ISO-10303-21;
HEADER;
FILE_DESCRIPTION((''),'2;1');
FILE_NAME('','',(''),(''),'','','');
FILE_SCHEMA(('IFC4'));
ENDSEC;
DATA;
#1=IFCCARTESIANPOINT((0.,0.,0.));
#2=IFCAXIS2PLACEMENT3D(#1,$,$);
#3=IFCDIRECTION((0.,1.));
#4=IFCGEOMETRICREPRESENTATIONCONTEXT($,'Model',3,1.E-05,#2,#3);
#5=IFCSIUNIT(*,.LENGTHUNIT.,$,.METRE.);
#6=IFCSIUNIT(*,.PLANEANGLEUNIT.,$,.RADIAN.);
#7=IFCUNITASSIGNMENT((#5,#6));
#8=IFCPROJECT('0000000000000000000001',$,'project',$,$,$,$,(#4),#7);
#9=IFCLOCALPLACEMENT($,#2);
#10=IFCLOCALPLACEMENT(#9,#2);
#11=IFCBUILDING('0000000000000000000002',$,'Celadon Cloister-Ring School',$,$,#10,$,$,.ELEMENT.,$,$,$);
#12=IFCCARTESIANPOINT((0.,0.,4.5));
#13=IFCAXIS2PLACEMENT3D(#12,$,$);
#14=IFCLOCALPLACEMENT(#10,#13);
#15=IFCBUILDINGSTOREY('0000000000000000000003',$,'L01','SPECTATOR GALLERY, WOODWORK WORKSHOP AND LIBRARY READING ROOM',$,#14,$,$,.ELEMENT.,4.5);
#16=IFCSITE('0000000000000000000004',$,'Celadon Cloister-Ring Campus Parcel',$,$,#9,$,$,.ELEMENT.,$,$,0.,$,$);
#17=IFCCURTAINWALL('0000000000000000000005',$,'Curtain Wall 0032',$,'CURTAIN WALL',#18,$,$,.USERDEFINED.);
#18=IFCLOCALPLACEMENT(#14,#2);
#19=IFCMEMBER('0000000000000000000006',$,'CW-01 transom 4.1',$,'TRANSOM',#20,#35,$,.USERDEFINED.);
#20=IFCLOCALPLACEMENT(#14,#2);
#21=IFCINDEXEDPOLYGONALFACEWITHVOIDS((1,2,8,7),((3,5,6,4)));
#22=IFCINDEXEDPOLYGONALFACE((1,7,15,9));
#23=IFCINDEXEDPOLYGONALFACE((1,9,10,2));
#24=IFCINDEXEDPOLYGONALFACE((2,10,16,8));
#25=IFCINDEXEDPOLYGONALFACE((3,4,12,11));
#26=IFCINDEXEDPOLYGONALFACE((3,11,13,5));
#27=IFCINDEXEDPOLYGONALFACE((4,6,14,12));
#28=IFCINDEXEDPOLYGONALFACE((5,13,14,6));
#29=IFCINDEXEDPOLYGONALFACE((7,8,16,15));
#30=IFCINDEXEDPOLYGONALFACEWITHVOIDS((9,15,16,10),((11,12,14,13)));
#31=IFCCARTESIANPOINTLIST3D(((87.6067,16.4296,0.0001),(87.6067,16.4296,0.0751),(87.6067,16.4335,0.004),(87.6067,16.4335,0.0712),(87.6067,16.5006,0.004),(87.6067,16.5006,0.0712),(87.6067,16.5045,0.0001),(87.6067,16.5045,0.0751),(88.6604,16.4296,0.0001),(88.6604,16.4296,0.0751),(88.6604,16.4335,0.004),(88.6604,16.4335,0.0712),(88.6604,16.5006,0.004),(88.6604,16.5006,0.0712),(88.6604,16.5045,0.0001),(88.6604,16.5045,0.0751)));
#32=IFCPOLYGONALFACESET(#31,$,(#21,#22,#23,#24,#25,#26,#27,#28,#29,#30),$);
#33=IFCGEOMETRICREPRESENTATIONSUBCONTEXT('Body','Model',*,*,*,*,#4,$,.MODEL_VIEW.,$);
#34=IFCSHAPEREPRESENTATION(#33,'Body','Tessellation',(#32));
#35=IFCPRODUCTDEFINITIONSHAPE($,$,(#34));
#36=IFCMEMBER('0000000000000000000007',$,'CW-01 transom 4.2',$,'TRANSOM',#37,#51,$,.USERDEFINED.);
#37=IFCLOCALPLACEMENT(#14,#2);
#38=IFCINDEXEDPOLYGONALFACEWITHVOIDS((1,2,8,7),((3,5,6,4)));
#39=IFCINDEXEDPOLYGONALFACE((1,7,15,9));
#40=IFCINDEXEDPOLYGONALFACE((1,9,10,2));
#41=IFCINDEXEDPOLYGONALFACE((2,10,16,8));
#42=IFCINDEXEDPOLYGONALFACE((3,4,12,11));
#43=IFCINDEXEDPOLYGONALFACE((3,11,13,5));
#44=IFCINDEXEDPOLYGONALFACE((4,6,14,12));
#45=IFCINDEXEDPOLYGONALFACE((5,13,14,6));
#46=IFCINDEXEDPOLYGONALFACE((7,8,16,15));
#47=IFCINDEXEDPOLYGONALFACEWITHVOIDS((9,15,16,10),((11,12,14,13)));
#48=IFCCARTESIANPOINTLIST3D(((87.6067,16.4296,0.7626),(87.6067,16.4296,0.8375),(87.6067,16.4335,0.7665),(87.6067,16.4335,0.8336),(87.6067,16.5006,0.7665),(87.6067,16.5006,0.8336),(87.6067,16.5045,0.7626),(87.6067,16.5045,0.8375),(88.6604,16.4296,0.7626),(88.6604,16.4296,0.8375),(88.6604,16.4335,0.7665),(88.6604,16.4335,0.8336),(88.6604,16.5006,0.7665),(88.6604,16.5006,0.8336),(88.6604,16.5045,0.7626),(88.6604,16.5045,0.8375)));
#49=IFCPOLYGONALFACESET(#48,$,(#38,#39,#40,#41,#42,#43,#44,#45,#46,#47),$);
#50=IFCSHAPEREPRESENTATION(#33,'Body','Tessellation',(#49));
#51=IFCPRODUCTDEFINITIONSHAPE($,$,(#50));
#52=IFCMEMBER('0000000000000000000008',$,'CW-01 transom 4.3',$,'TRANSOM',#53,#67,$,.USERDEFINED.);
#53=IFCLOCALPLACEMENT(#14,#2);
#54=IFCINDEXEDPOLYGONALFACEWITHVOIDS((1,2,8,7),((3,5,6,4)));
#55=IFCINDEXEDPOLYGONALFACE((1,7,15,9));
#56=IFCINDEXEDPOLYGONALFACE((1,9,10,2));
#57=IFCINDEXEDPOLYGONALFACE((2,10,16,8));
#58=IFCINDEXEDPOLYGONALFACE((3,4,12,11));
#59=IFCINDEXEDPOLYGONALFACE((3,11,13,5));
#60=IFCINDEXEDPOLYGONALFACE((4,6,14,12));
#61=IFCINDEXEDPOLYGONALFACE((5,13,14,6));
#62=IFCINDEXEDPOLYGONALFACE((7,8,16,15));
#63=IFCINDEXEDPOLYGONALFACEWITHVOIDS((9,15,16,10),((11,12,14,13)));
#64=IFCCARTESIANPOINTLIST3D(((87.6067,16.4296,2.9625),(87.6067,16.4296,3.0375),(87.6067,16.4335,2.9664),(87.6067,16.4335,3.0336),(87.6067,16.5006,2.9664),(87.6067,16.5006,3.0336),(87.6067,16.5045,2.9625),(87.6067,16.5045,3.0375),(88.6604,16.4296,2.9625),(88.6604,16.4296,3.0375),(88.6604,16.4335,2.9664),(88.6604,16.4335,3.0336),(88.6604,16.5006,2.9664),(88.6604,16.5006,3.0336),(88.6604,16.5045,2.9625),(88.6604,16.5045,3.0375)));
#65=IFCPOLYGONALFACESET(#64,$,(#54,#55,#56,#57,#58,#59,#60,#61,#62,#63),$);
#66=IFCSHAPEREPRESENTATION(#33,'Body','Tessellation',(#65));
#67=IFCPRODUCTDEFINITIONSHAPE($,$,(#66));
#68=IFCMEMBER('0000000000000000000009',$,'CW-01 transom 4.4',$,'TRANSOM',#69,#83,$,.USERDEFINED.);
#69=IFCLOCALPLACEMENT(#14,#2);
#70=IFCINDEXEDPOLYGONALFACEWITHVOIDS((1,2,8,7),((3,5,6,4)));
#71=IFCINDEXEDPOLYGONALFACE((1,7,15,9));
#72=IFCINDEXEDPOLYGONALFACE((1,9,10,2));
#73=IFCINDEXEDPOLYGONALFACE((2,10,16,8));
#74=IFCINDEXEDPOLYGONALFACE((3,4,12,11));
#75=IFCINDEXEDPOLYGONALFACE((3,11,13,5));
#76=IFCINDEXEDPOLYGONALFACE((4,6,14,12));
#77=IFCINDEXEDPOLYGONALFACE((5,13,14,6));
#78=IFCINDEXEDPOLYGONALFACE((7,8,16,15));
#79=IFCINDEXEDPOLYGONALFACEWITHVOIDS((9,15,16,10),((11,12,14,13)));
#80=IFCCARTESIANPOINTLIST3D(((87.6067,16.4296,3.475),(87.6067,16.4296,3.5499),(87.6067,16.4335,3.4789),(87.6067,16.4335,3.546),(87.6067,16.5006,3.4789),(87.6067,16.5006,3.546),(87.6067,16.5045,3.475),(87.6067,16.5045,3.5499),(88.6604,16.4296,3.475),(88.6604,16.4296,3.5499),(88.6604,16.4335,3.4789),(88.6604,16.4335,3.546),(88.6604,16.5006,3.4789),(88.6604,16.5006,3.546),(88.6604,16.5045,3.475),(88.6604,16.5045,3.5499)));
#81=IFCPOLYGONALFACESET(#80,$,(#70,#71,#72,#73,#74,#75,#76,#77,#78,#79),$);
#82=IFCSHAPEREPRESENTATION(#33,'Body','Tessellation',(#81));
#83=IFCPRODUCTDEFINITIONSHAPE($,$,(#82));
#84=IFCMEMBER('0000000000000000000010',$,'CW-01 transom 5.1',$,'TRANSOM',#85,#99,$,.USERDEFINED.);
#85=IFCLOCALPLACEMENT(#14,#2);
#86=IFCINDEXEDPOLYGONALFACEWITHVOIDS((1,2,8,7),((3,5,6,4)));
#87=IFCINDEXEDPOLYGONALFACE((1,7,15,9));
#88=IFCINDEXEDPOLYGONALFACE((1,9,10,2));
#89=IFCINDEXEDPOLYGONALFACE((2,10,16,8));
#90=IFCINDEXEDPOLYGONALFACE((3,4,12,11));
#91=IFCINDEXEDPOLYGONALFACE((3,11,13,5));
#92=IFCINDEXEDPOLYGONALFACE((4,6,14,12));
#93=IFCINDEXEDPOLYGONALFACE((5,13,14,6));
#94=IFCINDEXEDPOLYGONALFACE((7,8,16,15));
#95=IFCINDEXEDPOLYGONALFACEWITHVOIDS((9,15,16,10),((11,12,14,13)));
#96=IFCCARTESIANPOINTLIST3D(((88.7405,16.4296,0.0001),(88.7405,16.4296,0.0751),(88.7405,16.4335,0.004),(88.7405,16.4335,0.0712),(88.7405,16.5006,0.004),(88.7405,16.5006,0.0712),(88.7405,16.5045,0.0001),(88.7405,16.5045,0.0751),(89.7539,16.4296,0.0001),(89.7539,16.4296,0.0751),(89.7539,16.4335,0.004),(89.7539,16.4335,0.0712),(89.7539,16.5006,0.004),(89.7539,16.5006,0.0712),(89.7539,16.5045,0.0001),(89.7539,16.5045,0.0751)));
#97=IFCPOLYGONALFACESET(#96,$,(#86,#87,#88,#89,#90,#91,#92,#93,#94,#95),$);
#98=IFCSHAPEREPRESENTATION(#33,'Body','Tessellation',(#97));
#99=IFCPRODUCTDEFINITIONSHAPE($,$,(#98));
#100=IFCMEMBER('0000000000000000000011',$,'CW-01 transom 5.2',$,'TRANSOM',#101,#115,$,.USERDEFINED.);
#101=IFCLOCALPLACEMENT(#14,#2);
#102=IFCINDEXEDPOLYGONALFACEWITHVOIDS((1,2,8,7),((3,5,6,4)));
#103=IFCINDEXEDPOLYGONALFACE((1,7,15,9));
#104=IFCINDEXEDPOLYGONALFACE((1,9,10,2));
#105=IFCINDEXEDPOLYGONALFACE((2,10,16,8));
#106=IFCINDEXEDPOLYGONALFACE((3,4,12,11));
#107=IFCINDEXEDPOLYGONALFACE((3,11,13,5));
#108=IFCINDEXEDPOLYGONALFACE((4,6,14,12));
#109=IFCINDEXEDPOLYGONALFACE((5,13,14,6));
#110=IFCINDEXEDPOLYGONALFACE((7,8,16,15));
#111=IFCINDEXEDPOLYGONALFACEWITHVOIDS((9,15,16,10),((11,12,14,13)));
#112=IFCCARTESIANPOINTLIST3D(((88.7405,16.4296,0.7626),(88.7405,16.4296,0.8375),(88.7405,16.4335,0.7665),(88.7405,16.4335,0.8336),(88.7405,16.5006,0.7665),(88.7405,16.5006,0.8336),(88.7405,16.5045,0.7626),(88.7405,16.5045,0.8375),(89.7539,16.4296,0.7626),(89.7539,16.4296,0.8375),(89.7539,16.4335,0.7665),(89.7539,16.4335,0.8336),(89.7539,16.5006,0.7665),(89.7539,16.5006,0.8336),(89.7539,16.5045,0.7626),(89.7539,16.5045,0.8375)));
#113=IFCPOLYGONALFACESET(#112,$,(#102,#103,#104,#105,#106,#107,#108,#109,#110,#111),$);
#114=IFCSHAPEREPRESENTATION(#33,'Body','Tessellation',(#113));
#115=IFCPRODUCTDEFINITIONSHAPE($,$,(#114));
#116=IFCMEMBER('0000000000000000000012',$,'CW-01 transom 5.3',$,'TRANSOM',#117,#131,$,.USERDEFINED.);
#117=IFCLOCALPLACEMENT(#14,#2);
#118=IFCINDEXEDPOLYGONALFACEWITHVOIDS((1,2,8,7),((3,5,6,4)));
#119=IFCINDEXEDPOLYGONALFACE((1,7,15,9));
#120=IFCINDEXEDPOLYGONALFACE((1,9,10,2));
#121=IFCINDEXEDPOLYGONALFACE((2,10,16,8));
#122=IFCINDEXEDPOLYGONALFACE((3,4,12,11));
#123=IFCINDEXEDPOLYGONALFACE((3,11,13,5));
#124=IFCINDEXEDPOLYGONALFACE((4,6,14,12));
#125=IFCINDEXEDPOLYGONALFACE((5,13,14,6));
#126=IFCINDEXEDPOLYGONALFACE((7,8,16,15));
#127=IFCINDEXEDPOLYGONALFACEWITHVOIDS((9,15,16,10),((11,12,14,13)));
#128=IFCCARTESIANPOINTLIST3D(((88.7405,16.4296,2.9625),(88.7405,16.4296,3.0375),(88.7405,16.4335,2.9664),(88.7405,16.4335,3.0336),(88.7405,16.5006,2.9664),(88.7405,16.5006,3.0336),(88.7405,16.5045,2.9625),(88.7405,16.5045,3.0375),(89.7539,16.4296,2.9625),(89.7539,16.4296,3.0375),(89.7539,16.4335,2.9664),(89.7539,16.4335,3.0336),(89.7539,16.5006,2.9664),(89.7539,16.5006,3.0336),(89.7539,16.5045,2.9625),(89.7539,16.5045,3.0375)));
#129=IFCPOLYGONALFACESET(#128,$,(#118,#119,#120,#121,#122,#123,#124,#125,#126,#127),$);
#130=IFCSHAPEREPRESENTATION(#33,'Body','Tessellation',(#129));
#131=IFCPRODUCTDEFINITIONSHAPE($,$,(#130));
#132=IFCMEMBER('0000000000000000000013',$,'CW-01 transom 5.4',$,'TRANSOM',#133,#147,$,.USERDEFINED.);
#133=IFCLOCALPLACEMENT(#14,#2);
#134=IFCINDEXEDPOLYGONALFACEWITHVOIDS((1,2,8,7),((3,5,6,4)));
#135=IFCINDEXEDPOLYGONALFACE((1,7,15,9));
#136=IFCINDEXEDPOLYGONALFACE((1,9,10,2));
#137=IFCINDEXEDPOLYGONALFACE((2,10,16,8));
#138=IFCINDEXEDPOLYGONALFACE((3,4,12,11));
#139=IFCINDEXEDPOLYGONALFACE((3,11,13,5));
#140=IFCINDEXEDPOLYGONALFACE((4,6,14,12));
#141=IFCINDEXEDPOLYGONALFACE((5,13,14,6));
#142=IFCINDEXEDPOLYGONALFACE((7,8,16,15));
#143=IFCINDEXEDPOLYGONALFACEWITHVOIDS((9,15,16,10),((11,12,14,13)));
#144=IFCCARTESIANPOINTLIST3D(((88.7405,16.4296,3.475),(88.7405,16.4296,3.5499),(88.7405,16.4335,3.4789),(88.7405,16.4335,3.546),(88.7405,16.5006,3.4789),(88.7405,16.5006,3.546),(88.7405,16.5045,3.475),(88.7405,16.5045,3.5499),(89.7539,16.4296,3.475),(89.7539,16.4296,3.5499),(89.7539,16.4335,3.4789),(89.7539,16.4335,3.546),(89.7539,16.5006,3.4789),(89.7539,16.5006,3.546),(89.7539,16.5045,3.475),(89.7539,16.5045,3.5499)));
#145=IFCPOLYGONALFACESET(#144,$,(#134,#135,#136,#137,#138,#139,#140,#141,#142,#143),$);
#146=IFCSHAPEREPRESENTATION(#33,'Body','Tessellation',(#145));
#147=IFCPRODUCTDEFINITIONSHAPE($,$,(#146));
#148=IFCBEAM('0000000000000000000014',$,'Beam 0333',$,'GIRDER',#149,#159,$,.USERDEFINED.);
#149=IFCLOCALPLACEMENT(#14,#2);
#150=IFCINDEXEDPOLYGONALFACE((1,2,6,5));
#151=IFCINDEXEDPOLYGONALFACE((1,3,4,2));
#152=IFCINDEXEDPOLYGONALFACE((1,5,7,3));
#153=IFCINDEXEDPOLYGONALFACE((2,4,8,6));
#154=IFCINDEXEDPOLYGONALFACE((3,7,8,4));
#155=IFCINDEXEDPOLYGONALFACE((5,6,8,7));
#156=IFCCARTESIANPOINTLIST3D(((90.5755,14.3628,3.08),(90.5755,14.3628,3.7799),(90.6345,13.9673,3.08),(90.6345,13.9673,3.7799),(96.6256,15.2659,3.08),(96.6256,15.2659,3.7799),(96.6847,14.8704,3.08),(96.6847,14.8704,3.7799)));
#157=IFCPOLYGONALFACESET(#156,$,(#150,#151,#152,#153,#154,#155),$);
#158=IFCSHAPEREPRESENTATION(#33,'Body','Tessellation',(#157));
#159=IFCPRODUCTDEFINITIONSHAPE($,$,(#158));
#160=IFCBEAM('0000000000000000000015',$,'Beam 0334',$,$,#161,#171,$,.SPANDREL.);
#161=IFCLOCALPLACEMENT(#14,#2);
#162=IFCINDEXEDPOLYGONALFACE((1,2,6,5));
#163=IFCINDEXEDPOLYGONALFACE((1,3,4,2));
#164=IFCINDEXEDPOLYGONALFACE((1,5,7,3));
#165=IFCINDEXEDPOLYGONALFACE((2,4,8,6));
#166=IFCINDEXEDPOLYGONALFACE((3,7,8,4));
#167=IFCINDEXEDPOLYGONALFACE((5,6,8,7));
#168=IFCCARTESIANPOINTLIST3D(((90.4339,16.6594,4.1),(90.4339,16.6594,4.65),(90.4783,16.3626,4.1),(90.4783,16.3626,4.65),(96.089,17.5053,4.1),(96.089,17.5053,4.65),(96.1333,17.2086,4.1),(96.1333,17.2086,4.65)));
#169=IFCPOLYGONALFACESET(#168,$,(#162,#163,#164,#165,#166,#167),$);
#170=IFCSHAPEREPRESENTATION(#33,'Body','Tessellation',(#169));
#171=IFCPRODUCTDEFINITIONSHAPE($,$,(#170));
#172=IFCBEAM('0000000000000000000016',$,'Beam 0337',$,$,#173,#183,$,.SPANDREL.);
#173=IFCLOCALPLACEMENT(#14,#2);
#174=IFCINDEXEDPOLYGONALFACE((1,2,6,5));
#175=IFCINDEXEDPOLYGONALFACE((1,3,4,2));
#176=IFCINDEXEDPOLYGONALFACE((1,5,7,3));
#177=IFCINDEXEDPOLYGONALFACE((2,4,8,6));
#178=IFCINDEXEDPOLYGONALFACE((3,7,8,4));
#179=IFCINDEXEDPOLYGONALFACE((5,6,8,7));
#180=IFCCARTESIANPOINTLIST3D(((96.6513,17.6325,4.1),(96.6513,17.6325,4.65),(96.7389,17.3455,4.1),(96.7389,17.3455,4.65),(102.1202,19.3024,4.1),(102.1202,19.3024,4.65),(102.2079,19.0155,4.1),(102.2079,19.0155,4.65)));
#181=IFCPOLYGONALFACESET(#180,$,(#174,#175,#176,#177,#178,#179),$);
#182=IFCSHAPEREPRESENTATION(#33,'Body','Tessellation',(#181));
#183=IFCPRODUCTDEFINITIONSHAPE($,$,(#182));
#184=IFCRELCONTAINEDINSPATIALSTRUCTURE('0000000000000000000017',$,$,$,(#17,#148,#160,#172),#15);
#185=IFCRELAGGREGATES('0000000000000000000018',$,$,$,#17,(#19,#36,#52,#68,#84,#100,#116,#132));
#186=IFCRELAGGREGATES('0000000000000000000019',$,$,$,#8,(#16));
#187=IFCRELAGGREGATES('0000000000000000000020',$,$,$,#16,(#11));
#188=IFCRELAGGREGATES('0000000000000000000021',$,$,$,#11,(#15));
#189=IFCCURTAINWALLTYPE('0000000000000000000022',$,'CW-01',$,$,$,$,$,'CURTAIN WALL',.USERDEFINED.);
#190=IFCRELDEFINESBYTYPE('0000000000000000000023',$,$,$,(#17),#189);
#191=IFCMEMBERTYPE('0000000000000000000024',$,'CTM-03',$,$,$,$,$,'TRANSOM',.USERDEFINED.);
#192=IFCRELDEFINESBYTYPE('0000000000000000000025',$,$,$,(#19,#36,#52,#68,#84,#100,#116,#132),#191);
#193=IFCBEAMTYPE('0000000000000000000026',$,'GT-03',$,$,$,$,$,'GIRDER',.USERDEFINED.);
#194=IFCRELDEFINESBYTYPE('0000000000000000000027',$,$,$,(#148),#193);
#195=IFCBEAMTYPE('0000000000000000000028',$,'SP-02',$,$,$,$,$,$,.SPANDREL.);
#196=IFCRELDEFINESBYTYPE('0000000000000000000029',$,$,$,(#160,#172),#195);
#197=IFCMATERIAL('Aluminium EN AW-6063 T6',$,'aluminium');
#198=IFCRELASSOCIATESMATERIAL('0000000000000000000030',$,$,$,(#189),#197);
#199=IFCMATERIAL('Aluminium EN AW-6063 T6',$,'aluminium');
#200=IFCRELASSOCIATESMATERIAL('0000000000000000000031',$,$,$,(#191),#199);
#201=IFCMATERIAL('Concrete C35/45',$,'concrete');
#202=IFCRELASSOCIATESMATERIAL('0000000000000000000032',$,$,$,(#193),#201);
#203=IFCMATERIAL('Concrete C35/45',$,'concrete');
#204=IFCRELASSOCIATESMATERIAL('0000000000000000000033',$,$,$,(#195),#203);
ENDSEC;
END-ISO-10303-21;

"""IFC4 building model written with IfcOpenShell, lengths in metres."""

from ifc_helpers import new_model, si_unit, direction, frame, origin, origin_2d, place, context, subcontext, project, spatial, rectangle, hollow_rectangle, extrude, material, material_profile, profile_set, type_object, element, aggregate, save


model = new_model("IFC4")

# Units and contexts
model_context = context("Model", 3, precision=1e-05, world=origin(), true_north=direction((0.0, 1.0)))
body_context = subcontext(model_context, "Body", "Model", "MODEL_VIEW")
ifc_project = project(units=[si_unit("LENGTHUNIT", "METRE"), si_unit("PLANEANGLEUNIT", "RADIAN")], contexts=[model_context])

# Site, building, storey
site_placement = place(None, origin())
site = spatial("IfcSite", under=ifc_project, at=site_placement, Name="Celadon Cloister-Ring Campus Parcel", CompositionType="ELEMENT", RefElevation=0.0)
building_placement = place(site_placement, origin())
building = spatial("IfcBuilding", under=site, at=building_placement, Name="Celadon Cloister-Ring School", CompositionType="ELEMENT")
storey_placement = place(building_placement, frame((0.0, 0.0, 4.5)))
storey = spatial("IfcBuildingStorey", under=building, at=storey_placement, Name="L01", Description="SPECTATOR GALLERY, WOODWORK WORKSHOP AND LIBRARY READING ROOM", CompositionType="ELEMENT", Elevation=4.5)

# Curtain wall
ifc_material_1 = material(Name="Aluminium EN AW-6063 T6", Category="aluminium")
curtain_wall_type = type_object("IfcCurtainWallType", Name="CW-01", ElementType="CURTAIN WALL", PredefinedType="USERDEFINED", material=ifc_material_1)
curtain_wall_1_placement = place(storey_placement, origin())
curtain_wall_1 = element("IfcCurtainWall", 1, at=curtain_wall_1_placement, inside=storey, type_object=curtain_wall_type, Name="Curtain Wall 0032", ObjectType="CURTAIN WALL", PredefinedType="USERDEFINED")

# Members
ifc_material_2 = material(Name="Aluminium EN AW-6063 T6", Category="aluminium")
ifc_material_profile_1 = material_profile(ifc_material_2, hollow_rectangle(XDim=0.075, YDim=0.075, WallThickness=0.0039, at=origin_2d()), Name="RHS75X75X4")
ifc_profile_set_1 = profile_set([ifc_material_profile_1], Name="Aluminium EN AW-6063 T6")
member_type_1 = type_object("IfcMemberType", Name="CTM-03", ElementType="TRANSOM", PredefinedType="USERDEFINED", material=ifc_profile_set_1)
member_1_placement = place(storey_placement, frame((87.6067, 16.467, 0.0376), z_axis=(1.0, 0.0, 0.0), x_axis=(0.0, 1.0, 0.0)))
member_1 = element("IfcMember", 2, at=member_1_placement, type_object=member_type_1, Name="CW-01 transom 4.1", ObjectType="TRANSOM", PredefinedType="USERDEFINED", context=body_context, shape_type="SweptSolid", body=[
    extrude(hollow_rectangle(XDim=0.075, YDim=0.075, WallThickness=0.0039, at=origin_2d()), origin(), (0.0, 0.0, 1.0), 1.0537),
])
member_2_placement = place(storey_placement, frame((87.6067, 16.467, 0.8), z_axis=(1.0, 0.0, 0.0), x_axis=(0.0, 1.0, 0.0)))
member_2 = element("IfcMember", 3, at=member_2_placement, type_object=member_type_1, Name="CW-01 transom 4.2", ObjectType="TRANSOM", PredefinedType="USERDEFINED", context=body_context, shape_type="SweptSolid", body=[
    extrude(hollow_rectangle(XDim=0.075, YDim=0.075, WallThickness=0.0039, at=origin_2d()), origin(), (0.0, 0.0, 1.0), 1.0537),
])
member_3_placement = place(storey_placement, frame((87.6067, 16.467, 3.0), z_axis=(1.0, 0.0, 0.0), x_axis=(0.0, 1.0, 0.0)))
member_3 = element("IfcMember", 4, at=member_3_placement, type_object=member_type_1, Name="CW-01 transom 4.3", ObjectType="TRANSOM", PredefinedType="USERDEFINED", context=body_context, shape_type="SweptSolid", body=[
    extrude(hollow_rectangle(XDim=0.075, YDim=0.075, WallThickness=0.0039, at=origin_2d()), origin(), (0.0, 0.0, 1.0), 1.0537),
])
member_4_placement = place(storey_placement, frame((87.6067, 16.467, 3.5125), z_axis=(1.0, 0.0, 0.0), x_axis=(0.0, 1.0, 0.0)))
member_4 = element("IfcMember", 5, at=member_4_placement, type_object=member_type_1, Name="CW-01 transom 4.4", ObjectType="TRANSOM", PredefinedType="USERDEFINED", context=body_context, shape_type="SweptSolid", body=[
    extrude(hollow_rectangle(XDim=0.075, YDim=0.075, WallThickness=0.0039, at=origin_2d()), origin(), (0.0, 0.0, 1.0), 1.0537),
])
member_5_placement = place(storey_placement, frame((88.7405, 16.467, 0.0376), z_axis=(1.0, 0.0, 0.0), x_axis=(0.0, 1.0, 0.0)))
member_5 = element("IfcMember", 6, at=member_5_placement, type_object=member_type_1, Name="CW-01 transom 5.1", ObjectType="TRANSOM", PredefinedType="USERDEFINED", context=body_context, shape_type="SweptSolid", body=[
    extrude(hollow_rectangle(XDim=0.075, YDim=0.075, WallThickness=0.0039, at=origin_2d()), origin(), (0.0, 0.0, 1.0), 1.0134),
])
member_6_placement = place(storey_placement, frame((88.7405, 16.467, 0.8), z_axis=(1.0, 0.0, 0.0), x_axis=(0.0, 1.0, 0.0)))
member_6 = element("IfcMember", 7, at=member_6_placement, type_object=member_type_1, Name="CW-01 transom 5.2", ObjectType="TRANSOM", PredefinedType="USERDEFINED", context=body_context, shape_type="SweptSolid", body=[
    extrude(hollow_rectangle(XDim=0.075, YDim=0.075, WallThickness=0.0039, at=origin_2d()), origin(), (0.0, 0.0, 1.0), 1.0134),
])
member_7_placement = place(storey_placement, frame((88.7405, 16.467, 3.0), z_axis=(1.0, 0.0, 0.0), x_axis=(0.0, 1.0, 0.0)))
member_7 = element("IfcMember", 8, at=member_7_placement, type_object=member_type_1, Name="CW-01 transom 5.3", ObjectType="TRANSOM", PredefinedType="USERDEFINED", context=body_context, shape_type="SweptSolid", body=[
    extrude(hollow_rectangle(XDim=0.075, YDim=0.075, WallThickness=0.0039, at=origin_2d()), origin(), (0.0, 0.0, 1.0), 1.0134),
])
member_8_placement = place(storey_placement, frame((88.7405, 16.467, 3.5125), z_axis=(1.0, 0.0, 0.0), x_axis=(0.0, 1.0, 0.0)))
member_8 = element("IfcMember", 9, at=member_8_placement, type_object=member_type_1, Name="CW-01 transom 5.4", ObjectType="TRANSOM", PredefinedType="USERDEFINED", context=body_context, shape_type="SweptSolid", body=[
    extrude(hollow_rectangle(XDim=0.075, YDim=0.075, WallThickness=0.0039, at=origin_2d()), origin(), (0.0, 0.0, 1.0), 1.0134),
])

# Beams
ifc_material_3 = material(Name="Concrete C35/45", Category="concrete")
ifc_material_profile_2 = material_profile(ifc_material_3, rectangle(XDim=0.3999, YDim=0.7, at=origin_2d()), Name="RC400X700")
ifc_profile_set_2 = profile_set([ifc_material_profile_2], Name="Concrete C35/45")
beam_type_1 = type_object("IfcBeamType", Name="GT-03", ElementType="GIRDER", PredefinedType="USERDEFINED", material=ifc_profile_set_2)
beam_1_placement = place(storey_placement, frame((90.605, 14.165, 3.4299), z_axis=(0.989042, 0.147632, 0.0), x_axis=(-0.147632, 0.989042, 0.0)))
element("IfcBeam", 10, at=beam_1_placement, inside=storey, type_object=beam_type_1, Name="Beam 0333", ObjectType="GIRDER", PredefinedType="USERDEFINED", context=body_context, shape_type="SweptSolid", body=[
    extrude(rectangle(XDim=0.3999, YDim=0.7, at=origin_2d()), origin(), (0.0, 0.0, 1.0), 6.1172),
])
ifc_material_4 = material(Name="Concrete C35/45", Category="concrete")
ifc_material_profile_3 = material_profile(ifc_material_4, rectangle(XDim=0.3, YDim=0.55, at=origin_2d()), Name="RC300X550")
ifc_profile_set_3 = profile_set([ifc_material_profile_3], Name="Concrete C35/45")
beam_type_2 = type_object("IfcBeamType", Name="SP-02", PredefinedType="SPANDREL", material=ifc_profile_set_3)
beam_2_placement = place(storey_placement, frame((90.4561, 16.511, 4.375), z_axis=(0.988995, 0.147946, 0.0), x_axis=(-0.147946, 0.988995, 0.0)))
element("IfcBeam", 11, at=beam_2_placement, inside=storey, type_object=beam_type_2, Name="Beam 0334", PredefinedType="SPANDREL", context=body_context, shape_type="SweptSolid", body=[
    extrude(rectangle(XDim=0.3, YDim=0.55, at=origin_2d()), origin(), (0.0, 0.0, 1.0), 5.718),
])
beam_3_placement = place(storey_placement, frame((96.6951, 17.489, 4.375), z_axis=(0.956408, 0.292033, 0.0), x_axis=(-0.292033, 0.956408, 0.0)))
element("IfcBeam", 12, at=beam_3_placement, inside=storey, type_object=beam_type_2, Name="Beam 0337", PredefinedType="SPANDREL", context=body_context, shape_type="SweptSolid", body=[
    extrude(rectangle(XDim=0.3, YDim=0.55, at=origin_2d()), origin(), (0.0, 0.0, 1.0), 5.7183),
])

aggregate(curtain_wall_1, [member_1, member_2, member_3, member_4, member_5, member_6, member_7, member_8])

save(model, "model.ifc")
